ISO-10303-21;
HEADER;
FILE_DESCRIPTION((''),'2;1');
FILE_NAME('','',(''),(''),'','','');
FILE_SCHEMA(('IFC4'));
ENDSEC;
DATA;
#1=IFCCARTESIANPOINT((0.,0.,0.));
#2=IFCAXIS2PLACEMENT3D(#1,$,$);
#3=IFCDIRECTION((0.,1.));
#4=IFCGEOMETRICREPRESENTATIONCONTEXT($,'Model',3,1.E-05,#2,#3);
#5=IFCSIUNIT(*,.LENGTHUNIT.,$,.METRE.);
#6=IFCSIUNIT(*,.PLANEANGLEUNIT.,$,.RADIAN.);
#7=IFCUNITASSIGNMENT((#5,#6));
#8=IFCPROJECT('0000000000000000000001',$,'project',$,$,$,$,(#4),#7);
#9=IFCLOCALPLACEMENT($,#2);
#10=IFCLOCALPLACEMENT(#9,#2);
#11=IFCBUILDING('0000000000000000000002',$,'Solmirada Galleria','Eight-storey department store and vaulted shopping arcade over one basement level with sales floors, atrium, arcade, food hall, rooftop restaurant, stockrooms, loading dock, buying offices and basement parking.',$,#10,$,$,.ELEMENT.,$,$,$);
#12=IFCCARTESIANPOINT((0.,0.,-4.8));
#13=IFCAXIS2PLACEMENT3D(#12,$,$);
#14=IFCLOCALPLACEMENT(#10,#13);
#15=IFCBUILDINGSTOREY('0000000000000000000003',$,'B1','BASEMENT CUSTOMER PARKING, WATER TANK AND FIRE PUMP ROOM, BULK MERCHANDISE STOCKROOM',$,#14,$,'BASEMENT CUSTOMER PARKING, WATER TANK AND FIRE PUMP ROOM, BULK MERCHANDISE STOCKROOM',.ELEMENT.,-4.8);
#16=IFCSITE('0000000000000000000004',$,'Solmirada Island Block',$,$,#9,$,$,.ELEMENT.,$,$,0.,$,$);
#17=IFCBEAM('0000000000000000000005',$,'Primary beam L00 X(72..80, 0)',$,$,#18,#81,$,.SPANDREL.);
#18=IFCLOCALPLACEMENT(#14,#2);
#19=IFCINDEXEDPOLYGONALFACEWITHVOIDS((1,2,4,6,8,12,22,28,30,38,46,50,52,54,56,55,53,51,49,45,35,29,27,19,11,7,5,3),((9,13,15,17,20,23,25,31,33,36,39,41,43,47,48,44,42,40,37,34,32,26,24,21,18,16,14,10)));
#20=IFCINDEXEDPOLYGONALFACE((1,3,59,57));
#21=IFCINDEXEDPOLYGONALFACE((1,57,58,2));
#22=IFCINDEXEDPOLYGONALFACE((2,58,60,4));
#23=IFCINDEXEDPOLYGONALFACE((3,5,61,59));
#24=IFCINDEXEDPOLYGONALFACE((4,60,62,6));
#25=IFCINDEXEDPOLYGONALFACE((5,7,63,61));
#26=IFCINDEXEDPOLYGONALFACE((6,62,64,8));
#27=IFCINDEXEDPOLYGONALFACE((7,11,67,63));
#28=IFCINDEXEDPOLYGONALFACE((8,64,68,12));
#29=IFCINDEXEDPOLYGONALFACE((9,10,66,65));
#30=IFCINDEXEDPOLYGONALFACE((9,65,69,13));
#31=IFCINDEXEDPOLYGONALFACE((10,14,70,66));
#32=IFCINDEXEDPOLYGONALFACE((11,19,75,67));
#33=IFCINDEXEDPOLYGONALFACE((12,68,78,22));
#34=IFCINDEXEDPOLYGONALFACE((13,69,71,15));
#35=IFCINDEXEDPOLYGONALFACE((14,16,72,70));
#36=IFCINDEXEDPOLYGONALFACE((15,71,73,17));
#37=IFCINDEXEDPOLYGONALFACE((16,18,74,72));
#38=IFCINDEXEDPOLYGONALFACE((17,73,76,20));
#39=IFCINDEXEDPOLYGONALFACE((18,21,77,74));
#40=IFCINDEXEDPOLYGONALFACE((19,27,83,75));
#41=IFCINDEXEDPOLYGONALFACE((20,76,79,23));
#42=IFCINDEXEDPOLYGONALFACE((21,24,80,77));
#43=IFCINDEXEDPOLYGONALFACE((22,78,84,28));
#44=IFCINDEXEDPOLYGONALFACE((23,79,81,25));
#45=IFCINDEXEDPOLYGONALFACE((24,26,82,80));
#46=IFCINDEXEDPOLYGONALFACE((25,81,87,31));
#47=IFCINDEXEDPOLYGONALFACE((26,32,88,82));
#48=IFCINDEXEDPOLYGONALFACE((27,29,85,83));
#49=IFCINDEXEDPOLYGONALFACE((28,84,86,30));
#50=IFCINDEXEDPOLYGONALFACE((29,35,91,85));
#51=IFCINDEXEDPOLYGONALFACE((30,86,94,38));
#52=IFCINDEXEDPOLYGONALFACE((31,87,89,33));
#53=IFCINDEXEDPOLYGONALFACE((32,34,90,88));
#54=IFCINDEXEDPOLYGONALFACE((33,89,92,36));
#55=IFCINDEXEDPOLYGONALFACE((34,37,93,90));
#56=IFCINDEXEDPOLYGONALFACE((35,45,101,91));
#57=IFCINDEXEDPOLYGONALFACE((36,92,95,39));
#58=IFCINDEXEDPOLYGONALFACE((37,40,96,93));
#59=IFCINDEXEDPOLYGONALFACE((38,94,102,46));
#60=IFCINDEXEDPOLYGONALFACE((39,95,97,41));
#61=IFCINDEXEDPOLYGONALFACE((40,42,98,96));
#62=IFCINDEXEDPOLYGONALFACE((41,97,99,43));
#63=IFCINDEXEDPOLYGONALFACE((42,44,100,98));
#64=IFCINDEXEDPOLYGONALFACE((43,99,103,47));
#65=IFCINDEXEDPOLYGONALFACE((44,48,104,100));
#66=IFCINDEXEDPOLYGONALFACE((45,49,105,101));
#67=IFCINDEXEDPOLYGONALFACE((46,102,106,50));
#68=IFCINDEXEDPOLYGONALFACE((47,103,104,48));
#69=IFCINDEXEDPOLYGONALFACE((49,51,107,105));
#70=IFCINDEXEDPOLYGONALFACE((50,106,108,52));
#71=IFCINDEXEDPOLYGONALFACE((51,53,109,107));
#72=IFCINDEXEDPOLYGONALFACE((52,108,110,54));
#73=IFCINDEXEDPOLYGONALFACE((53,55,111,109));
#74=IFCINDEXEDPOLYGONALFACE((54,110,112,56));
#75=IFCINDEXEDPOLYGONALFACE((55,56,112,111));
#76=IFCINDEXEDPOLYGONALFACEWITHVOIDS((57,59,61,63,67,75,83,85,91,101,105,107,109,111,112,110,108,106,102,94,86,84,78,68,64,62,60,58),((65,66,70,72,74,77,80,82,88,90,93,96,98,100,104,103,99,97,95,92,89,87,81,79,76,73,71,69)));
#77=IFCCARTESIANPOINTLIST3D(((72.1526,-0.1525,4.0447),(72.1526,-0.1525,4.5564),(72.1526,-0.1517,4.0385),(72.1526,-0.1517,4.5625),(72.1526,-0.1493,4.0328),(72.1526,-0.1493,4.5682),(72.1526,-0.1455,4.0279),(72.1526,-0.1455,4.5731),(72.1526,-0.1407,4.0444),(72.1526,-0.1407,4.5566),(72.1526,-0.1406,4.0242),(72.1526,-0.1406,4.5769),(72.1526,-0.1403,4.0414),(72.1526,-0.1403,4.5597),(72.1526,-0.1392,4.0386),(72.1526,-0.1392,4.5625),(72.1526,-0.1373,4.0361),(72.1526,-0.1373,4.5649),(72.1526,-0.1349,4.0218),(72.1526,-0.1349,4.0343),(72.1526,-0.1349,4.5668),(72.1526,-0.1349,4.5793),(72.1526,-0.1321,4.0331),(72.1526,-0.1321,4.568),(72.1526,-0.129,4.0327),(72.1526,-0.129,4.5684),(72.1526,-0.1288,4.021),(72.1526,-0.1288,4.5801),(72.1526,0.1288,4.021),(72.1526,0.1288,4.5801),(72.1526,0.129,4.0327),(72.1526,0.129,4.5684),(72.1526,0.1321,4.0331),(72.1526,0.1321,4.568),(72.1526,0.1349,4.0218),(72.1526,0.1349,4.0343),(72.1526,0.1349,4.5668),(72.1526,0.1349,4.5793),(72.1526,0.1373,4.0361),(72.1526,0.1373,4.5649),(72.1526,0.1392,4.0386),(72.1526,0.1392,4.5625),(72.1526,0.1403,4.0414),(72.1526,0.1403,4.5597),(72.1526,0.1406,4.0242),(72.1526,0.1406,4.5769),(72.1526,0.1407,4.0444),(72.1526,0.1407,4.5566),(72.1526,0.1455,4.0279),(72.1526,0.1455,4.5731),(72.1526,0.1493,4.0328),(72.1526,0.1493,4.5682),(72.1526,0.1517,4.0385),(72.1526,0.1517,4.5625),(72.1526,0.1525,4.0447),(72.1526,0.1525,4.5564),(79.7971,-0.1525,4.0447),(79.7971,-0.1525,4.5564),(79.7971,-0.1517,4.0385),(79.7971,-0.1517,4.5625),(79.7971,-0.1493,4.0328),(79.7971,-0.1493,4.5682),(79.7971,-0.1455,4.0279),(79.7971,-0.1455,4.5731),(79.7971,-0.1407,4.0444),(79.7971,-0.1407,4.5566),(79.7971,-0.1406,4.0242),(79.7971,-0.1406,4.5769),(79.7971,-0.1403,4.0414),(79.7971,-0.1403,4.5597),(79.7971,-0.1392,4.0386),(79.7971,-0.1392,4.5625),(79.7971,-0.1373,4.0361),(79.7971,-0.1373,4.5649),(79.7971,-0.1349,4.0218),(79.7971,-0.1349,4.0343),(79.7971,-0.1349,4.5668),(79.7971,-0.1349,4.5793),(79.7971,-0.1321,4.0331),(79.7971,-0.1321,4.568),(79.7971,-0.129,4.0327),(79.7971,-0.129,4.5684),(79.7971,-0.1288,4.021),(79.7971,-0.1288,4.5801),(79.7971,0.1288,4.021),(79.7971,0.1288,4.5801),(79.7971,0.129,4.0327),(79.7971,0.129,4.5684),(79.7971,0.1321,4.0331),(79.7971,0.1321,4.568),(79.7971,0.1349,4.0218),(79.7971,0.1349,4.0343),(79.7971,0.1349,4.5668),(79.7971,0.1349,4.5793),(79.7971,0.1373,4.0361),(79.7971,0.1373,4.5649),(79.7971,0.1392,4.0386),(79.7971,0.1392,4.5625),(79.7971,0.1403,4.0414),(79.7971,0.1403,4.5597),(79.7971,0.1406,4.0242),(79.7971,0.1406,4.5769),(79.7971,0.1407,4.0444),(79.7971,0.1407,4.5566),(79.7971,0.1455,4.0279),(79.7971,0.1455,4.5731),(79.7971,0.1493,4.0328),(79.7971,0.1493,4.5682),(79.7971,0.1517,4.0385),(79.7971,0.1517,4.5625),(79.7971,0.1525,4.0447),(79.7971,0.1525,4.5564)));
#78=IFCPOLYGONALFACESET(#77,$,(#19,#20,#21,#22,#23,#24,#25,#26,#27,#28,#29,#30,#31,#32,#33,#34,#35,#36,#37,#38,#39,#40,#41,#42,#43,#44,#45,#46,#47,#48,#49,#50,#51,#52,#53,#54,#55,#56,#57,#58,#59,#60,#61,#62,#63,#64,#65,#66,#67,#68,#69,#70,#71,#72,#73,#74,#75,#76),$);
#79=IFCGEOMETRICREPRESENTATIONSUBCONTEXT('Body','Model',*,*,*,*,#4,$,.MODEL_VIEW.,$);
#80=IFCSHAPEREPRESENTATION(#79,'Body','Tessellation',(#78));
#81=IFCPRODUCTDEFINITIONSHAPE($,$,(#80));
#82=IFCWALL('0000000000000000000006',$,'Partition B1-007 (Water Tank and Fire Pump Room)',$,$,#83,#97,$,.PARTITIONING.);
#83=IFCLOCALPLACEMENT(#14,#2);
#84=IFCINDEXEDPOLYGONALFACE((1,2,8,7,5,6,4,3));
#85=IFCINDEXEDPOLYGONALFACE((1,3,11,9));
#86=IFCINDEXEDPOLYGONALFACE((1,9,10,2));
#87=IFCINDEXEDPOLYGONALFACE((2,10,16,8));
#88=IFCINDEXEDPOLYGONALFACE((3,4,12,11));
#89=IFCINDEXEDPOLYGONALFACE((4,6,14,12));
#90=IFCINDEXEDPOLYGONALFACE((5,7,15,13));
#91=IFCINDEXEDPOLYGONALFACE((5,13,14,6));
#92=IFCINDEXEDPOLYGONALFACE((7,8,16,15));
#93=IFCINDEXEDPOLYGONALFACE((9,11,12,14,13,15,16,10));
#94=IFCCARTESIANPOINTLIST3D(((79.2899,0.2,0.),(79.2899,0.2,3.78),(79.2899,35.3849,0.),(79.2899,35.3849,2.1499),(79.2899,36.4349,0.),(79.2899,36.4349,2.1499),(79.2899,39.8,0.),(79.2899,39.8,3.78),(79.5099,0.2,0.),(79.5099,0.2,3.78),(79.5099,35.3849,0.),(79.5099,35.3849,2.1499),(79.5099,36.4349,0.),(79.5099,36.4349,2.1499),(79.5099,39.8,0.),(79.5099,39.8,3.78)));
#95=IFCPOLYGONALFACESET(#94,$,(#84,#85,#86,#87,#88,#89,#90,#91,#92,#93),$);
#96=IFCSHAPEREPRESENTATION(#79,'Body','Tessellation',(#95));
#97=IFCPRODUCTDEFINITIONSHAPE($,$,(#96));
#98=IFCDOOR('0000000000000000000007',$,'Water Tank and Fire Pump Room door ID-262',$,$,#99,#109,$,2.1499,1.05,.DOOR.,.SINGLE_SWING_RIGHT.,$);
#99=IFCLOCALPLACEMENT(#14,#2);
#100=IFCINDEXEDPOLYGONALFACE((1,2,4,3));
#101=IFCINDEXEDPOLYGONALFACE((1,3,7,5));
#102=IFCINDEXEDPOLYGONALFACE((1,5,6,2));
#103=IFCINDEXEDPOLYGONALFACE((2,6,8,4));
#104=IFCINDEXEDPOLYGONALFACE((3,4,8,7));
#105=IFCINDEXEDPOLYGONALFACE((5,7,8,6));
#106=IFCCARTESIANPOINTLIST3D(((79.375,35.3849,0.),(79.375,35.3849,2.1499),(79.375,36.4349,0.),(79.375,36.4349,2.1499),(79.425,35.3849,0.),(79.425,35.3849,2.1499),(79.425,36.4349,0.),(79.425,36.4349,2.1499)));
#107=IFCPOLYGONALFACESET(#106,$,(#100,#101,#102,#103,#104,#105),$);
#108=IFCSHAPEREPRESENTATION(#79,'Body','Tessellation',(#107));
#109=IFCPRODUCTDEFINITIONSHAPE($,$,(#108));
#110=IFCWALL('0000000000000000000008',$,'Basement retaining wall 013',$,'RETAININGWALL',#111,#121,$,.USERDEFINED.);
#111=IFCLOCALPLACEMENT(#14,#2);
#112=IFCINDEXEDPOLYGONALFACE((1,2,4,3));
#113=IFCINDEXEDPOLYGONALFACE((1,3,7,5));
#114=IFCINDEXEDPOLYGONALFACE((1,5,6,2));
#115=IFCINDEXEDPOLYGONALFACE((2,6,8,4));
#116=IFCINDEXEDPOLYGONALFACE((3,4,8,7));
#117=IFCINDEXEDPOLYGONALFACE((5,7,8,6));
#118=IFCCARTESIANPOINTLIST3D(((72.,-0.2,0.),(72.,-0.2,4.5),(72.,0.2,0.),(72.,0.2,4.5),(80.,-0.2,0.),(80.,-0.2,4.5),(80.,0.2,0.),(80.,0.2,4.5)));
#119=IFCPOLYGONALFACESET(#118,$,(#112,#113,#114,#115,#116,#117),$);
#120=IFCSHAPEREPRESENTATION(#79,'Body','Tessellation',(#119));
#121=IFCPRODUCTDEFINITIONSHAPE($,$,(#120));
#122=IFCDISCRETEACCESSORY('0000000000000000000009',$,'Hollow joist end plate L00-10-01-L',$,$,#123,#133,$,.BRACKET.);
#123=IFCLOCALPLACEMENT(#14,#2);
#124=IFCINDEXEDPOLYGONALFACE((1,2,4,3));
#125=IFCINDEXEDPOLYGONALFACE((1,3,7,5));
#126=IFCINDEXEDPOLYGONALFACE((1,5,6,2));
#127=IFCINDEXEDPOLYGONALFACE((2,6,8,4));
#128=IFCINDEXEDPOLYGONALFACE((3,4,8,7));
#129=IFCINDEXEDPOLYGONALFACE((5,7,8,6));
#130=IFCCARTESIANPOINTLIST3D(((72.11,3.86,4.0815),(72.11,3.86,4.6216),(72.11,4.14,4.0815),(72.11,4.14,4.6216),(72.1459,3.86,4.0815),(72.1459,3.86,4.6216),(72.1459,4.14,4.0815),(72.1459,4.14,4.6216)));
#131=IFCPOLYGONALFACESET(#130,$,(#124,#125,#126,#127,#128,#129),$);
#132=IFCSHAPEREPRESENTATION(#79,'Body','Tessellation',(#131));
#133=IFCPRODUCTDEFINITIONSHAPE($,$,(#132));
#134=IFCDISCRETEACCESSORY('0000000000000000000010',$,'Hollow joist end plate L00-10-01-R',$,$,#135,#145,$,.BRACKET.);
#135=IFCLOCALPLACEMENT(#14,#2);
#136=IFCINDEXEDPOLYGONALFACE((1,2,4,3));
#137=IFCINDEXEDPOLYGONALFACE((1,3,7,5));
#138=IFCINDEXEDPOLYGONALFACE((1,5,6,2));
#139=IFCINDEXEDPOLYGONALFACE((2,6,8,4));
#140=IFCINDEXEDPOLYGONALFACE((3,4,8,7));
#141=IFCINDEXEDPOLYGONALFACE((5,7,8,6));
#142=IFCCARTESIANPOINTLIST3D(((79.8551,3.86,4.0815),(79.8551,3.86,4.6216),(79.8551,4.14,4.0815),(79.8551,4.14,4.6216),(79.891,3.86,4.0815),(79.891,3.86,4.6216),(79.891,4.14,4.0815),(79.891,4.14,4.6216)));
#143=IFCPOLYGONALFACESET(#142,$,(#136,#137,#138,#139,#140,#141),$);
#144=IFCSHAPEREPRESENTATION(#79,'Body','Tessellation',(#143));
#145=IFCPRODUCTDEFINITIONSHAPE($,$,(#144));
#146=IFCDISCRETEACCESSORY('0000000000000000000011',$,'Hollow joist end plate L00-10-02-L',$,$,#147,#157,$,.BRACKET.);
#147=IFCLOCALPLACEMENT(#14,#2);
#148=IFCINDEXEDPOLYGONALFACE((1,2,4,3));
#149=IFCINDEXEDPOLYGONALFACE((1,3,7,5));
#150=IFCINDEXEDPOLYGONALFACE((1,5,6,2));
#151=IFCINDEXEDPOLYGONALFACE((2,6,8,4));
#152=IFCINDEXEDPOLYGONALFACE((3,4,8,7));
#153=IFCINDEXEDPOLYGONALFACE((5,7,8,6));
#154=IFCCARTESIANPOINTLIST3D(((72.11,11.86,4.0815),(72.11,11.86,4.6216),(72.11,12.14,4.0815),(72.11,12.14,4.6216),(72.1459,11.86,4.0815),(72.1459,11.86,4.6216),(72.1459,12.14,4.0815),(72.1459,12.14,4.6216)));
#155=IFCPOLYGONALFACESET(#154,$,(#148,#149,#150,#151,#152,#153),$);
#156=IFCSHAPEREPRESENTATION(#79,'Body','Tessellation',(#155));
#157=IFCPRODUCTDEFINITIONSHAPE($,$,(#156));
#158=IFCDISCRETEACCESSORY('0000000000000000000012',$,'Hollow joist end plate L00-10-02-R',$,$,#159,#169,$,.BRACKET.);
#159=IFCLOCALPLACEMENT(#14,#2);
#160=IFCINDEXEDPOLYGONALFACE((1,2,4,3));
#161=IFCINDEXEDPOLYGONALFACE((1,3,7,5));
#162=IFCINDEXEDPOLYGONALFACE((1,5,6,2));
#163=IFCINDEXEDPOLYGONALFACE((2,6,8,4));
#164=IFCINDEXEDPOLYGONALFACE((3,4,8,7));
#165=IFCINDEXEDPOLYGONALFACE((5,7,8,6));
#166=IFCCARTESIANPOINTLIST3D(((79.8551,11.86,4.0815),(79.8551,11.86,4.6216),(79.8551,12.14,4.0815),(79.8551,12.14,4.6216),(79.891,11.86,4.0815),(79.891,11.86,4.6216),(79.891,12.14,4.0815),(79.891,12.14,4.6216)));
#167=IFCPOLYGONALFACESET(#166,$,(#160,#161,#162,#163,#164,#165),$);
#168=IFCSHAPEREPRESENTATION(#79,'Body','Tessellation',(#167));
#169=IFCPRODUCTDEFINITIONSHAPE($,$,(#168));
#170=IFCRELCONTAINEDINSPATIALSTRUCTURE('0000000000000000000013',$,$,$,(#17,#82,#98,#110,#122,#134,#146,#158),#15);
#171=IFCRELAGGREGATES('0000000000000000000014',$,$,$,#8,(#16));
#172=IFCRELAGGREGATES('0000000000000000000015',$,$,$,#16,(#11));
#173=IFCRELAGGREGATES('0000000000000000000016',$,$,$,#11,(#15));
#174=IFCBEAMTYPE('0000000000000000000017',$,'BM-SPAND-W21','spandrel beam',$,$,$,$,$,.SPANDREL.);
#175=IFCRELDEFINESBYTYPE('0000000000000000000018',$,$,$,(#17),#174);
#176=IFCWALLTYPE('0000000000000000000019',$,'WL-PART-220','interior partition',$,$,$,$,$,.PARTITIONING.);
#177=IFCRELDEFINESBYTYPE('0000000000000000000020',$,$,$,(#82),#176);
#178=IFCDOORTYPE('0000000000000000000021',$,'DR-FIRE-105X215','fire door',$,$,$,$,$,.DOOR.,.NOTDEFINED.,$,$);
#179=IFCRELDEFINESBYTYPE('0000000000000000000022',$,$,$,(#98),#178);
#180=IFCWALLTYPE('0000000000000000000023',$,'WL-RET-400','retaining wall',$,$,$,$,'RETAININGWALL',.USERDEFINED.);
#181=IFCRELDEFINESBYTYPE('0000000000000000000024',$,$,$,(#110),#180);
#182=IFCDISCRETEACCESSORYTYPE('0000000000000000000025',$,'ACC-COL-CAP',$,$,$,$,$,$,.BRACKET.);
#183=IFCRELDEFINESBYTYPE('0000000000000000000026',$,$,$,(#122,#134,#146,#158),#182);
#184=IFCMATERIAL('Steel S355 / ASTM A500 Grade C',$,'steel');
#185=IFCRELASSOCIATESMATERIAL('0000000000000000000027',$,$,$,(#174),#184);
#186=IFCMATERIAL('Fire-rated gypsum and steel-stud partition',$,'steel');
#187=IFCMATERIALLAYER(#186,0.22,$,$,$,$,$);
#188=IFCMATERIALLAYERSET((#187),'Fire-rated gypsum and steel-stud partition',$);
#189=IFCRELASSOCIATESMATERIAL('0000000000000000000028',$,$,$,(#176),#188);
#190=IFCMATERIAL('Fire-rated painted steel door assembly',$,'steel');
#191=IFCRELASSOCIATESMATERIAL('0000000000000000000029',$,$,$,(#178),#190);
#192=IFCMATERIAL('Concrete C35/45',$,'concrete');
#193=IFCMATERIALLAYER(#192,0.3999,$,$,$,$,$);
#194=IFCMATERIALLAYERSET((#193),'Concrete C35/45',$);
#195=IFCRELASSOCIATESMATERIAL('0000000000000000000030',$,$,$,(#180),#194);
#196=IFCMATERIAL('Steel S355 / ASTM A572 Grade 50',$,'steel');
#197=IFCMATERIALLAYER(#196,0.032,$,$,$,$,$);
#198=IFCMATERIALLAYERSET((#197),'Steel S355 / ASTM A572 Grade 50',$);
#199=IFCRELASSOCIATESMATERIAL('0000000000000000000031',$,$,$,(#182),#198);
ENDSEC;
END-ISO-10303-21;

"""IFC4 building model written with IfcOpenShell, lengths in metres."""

from ifc_helpers import new_model, si_unit, direction, frame, frame_2d, origin, origin_2d, place, context, subcontext, project, spatial, rectangle, hollow_rectangle, extrude, material, layer, layer_set, material_profile, profile_set, type_object, element, fill, save


model = new_model("IFC4")

# Units and contexts
model_context = context("Model", 3, precision=1e-05, world=origin(), true_north=direction((0.0, 1.0)))
body_context = subcontext(model_context, "Body", "Model", "MODEL_VIEW")
ifc_project = project(units=[si_unit("LENGTHUNIT", "METRE"), si_unit("PLANEANGLEUNIT", "RADIAN")], contexts=[model_context])

# Site, building, storey
site_placement = place(None, origin())
site = spatial("IfcSite", under=ifc_project, at=site_placement, Name="Solmirada Island Block", CompositionType="ELEMENT", RefElevation=0.0)
building_placement = place(site_placement, origin())
building = spatial("IfcBuilding", under=site, at=building_placement, Name="Solmirada Galleria", Description="Eight-storey department store and vaulted shopping arcade over one basement level with sales floors, atrium, arcade, food hall, rooftop restaurant, stockrooms, loading dock, buying offices and basement parking.", CompositionType="ELEMENT")
storey_placement = place(building_placement, frame((0.0, 0.0, -4.8)))
storey = spatial("IfcBuildingStorey", under=building, at=storey_placement, Name="B1", Description="BASEMENT CUSTOMER PARKING, WATER TANK AND FIRE PUMP ROOM, BULK MERCHANDISE STOCKROOM", LongName="BASEMENT CUSTOMER PARKING, WATER TANK AND FIRE PUMP ROOM, BULK MERCHANDISE STOCKROOM", CompositionType="ELEMENT", Elevation=-4.8)

# Shared definitions
ifc_material_1 = material(Name="Concrete C35/45", Category="concrete")

# Shared definitions
ifc_material_2 = material(Name="Steel S355 / ASTM A500 Grade C", Category="steel")

# Beam
ifc_material_profile_1 = material_profile(ifc_material_2, hollow_rectangle(XDim=0.3049, YDim=0.5591, WallThickness=0.0117, InnerFilletRadius=0.0117, OuterFilletRadius=0.0237, at=origin_2d()), Name="HSS22X12X1/2")
ifc_profile_set_1 = profile_set([ifc_material_profile_1], Name="Steel S355 / ASTM A500 Grade C")
beam_type_1 = type_object("IfcBeamType", Name="BM-SPAND-W21", Description="spandrel beam", PredefinedType="SPANDREL", material=ifc_profile_set_1)
beam_1_placement = place(storey_placement, frame((72.1526, 0.0, 4.3005), z_axis=(1.0, 0.0, 0.0), x_axis=(0.0, 1.0, 0.0)))
element("IfcBeam", 1, at=beam_1_placement, inside=storey, type_object=beam_type_1, Name="Primary beam L00 X(72..80, 0)", PredefinedType="SPANDREL", context=body_context, shape_type="SweptSolid", body=[
    extrude(hollow_rectangle(XDim=0.3049, YDim=0.5591, WallThickness=0.0117, InnerFilletRadius=0.0117, OuterFilletRadius=0.0237, at=origin_2d()), origin(), (0.0, 0.0, 1.0), 7.6445),
])

# Wall, opening, door
ifc_material_3 = material(Name="Fire-rated gypsum and steel-stud partition", Category="steel")
ifc_layer_1 = layer(ifc_material_3, 0.22)
ifc_layer_set_1 = layer_set([ifc_layer_1], Name="Fire-rated gypsum and steel-stud partition")
wall_type_1 = type_object("IfcWallType", Name="WL-PART-220", Description="interior partition", PredefinedType="PARTITIONING", material=ifc_layer_set_1)
wall_1_placement = place(storey_placement, frame((79.3999, 0.2, 0.0), z_axis=(0.0, 0.0, 1.0), x_axis=(0.0, 1.0, 0.0)))
wall_1 = element("IfcWall", 2, at=wall_1_placement, inside=storey, type_object=wall_type_1, Name="Partition B1-007 (Water Tank and Fire Pump Room)", PredefinedType="PARTITIONING", context=body_context, shape_type="SweptSolid", body=[
    extrude(rectangle(XDim=39.6001, YDim=0.22, at=frame_2d((19.8, 0.0))), origin(), (0.0, 0.0, 1.0), 3.78),
])
opening_placement = place(wall_1_placement, frame((35.1851, 0.0, 0.0)))
opening = element("IfcOpeningElement", 3, at=opening_placement, cuts=wall_1, PredefinedType="OPENING", context=body_context, shape_type="SweptSolid", body=[
    extrude(rectangle(XDim=1.05, YDim=2.1499, at=frame_2d((0.5249, 1.075))), frame((0.0, 0.1199, 0.0), z_axis=(0.0, -1.0, 0.0), x_axis=(1.0, 0.0, 0.0)), (0.0, 0.0, 1.0), 0.24),
])
ifc_material_4 = material(Name="Fire-rated painted steel door assembly", Category="steel")
door_type = type_object("IfcDoorType", Name="DR-FIRE-105X215", Description="fire door", OperationType="NOTDEFINED", PredefinedType="DOOR", material=ifc_material_4)
door_placement = place(opening_placement, origin())
door = element("IfcDoor", 4, at=door_placement, inside=storey, type_object=door_type, Name="Water Tank and Fire Pump Room door ID-262", OperationType="SINGLE_SWING_RIGHT", OverallHeight=2.1499, OverallWidth=1.05, PredefinedType="DOOR", context=body_context, shape_type="SweptSolid", body=[
    extrude(rectangle(XDim=1.05, YDim=2.1499, at=frame_2d((0.5249, 1.075))), frame((0.0, 0.0249, 0.0), z_axis=(0.0, -1.0, 0.0), x_axis=(1.0, 0.0, 0.0)), (0.0, 0.0, 1.0), 0.05),
])
fill(opening, door)

# Wall
ifc_layer_2 = layer(ifc_material_1, 0.3999)
ifc_layer_set_2 = layer_set([ifc_layer_2], Name="Concrete C35/45")
wall_type_2 = type_object("IfcWallType", Name="WL-RET-400", Description="retaining wall", ElementType="RETAININGWALL", PredefinedType="USERDEFINED", material=ifc_layer_set_2)
wall_2_placement = place(storey_placement, frame((80.0, 0.0, 0.0), z_axis=(0.0, 0.0, 1.0), x_axis=(-1.0, 0.0, 0.0)))
element("IfcWall", 5, at=wall_2_placement, inside=storey, type_object=wall_type_2, Name="Basement retaining wall 013", ObjectType="RETAININGWALL", PredefinedType="USERDEFINED", context=body_context, shape_type="SweptSolid", body=[
    extrude(rectangle(XDim=8.0, YDim=0.3999, at=frame_2d((4.0, 0.0))), origin(), (0.0, 0.0, 1.0), 4.5),
])

# Discrete accessories
ifc_material_5 = material(Name="Steel S355 / ASTM A572 Grade 50", Category="steel")
ifc_layer_3 = layer(ifc_material_5, 0.032)
ifc_layer_set_3 = layer_set([ifc_layer_3], Name="Steel S355 / ASTM A572 Grade 50")
discrete_accessory_type = type_object("IfcDiscreteAccessoryType", Name="ACC-COL-CAP", PredefinedType="BRACKET", material=ifc_layer_set_3)
for number, where, z_axis, x_axis, name in (
    (6, (72.1279, 4.0, 4.0815), (0.0, 0.0, 1.0), (1.0, 0.0, 0.0), "Hollow joist end plate L00-10-01-L"),
    (7, (79.873, 4.0, 4.0815), (0.0, 0.0, 1.0), (1.0, 0.0, 0.0), "Hollow joist end plate L00-10-01-R"),
    (8, (72.1279, 12.0, 4.0815), (0.0, 0.0, 1.0), (1.0, 0.0, 0.0), "Hollow joist end plate L00-10-02-L"),
    (9, (79.873, 12.0, 4.0815), (0.0, 0.0, 1.0), (1.0, 0.0, 0.0), "Hollow joist end plate L00-10-02-R"),
):
    element("IfcDiscreteAccessory", number, at=place(storey_placement, frame(where, z_axis=z_axis, x_axis=x_axis)), inside=storey, type_object=discrete_accessory_type, Name=name, PredefinedType="BRACKET", context=body_context, shape_type="SweptSolid", body=[
        extrude(rectangle(XDim=0.0359, YDim=0.28, at=origin_2d()), origin(), (0.0, 0.0, 1.0), 0.54),
    ])

save(model, "model.ifc")
